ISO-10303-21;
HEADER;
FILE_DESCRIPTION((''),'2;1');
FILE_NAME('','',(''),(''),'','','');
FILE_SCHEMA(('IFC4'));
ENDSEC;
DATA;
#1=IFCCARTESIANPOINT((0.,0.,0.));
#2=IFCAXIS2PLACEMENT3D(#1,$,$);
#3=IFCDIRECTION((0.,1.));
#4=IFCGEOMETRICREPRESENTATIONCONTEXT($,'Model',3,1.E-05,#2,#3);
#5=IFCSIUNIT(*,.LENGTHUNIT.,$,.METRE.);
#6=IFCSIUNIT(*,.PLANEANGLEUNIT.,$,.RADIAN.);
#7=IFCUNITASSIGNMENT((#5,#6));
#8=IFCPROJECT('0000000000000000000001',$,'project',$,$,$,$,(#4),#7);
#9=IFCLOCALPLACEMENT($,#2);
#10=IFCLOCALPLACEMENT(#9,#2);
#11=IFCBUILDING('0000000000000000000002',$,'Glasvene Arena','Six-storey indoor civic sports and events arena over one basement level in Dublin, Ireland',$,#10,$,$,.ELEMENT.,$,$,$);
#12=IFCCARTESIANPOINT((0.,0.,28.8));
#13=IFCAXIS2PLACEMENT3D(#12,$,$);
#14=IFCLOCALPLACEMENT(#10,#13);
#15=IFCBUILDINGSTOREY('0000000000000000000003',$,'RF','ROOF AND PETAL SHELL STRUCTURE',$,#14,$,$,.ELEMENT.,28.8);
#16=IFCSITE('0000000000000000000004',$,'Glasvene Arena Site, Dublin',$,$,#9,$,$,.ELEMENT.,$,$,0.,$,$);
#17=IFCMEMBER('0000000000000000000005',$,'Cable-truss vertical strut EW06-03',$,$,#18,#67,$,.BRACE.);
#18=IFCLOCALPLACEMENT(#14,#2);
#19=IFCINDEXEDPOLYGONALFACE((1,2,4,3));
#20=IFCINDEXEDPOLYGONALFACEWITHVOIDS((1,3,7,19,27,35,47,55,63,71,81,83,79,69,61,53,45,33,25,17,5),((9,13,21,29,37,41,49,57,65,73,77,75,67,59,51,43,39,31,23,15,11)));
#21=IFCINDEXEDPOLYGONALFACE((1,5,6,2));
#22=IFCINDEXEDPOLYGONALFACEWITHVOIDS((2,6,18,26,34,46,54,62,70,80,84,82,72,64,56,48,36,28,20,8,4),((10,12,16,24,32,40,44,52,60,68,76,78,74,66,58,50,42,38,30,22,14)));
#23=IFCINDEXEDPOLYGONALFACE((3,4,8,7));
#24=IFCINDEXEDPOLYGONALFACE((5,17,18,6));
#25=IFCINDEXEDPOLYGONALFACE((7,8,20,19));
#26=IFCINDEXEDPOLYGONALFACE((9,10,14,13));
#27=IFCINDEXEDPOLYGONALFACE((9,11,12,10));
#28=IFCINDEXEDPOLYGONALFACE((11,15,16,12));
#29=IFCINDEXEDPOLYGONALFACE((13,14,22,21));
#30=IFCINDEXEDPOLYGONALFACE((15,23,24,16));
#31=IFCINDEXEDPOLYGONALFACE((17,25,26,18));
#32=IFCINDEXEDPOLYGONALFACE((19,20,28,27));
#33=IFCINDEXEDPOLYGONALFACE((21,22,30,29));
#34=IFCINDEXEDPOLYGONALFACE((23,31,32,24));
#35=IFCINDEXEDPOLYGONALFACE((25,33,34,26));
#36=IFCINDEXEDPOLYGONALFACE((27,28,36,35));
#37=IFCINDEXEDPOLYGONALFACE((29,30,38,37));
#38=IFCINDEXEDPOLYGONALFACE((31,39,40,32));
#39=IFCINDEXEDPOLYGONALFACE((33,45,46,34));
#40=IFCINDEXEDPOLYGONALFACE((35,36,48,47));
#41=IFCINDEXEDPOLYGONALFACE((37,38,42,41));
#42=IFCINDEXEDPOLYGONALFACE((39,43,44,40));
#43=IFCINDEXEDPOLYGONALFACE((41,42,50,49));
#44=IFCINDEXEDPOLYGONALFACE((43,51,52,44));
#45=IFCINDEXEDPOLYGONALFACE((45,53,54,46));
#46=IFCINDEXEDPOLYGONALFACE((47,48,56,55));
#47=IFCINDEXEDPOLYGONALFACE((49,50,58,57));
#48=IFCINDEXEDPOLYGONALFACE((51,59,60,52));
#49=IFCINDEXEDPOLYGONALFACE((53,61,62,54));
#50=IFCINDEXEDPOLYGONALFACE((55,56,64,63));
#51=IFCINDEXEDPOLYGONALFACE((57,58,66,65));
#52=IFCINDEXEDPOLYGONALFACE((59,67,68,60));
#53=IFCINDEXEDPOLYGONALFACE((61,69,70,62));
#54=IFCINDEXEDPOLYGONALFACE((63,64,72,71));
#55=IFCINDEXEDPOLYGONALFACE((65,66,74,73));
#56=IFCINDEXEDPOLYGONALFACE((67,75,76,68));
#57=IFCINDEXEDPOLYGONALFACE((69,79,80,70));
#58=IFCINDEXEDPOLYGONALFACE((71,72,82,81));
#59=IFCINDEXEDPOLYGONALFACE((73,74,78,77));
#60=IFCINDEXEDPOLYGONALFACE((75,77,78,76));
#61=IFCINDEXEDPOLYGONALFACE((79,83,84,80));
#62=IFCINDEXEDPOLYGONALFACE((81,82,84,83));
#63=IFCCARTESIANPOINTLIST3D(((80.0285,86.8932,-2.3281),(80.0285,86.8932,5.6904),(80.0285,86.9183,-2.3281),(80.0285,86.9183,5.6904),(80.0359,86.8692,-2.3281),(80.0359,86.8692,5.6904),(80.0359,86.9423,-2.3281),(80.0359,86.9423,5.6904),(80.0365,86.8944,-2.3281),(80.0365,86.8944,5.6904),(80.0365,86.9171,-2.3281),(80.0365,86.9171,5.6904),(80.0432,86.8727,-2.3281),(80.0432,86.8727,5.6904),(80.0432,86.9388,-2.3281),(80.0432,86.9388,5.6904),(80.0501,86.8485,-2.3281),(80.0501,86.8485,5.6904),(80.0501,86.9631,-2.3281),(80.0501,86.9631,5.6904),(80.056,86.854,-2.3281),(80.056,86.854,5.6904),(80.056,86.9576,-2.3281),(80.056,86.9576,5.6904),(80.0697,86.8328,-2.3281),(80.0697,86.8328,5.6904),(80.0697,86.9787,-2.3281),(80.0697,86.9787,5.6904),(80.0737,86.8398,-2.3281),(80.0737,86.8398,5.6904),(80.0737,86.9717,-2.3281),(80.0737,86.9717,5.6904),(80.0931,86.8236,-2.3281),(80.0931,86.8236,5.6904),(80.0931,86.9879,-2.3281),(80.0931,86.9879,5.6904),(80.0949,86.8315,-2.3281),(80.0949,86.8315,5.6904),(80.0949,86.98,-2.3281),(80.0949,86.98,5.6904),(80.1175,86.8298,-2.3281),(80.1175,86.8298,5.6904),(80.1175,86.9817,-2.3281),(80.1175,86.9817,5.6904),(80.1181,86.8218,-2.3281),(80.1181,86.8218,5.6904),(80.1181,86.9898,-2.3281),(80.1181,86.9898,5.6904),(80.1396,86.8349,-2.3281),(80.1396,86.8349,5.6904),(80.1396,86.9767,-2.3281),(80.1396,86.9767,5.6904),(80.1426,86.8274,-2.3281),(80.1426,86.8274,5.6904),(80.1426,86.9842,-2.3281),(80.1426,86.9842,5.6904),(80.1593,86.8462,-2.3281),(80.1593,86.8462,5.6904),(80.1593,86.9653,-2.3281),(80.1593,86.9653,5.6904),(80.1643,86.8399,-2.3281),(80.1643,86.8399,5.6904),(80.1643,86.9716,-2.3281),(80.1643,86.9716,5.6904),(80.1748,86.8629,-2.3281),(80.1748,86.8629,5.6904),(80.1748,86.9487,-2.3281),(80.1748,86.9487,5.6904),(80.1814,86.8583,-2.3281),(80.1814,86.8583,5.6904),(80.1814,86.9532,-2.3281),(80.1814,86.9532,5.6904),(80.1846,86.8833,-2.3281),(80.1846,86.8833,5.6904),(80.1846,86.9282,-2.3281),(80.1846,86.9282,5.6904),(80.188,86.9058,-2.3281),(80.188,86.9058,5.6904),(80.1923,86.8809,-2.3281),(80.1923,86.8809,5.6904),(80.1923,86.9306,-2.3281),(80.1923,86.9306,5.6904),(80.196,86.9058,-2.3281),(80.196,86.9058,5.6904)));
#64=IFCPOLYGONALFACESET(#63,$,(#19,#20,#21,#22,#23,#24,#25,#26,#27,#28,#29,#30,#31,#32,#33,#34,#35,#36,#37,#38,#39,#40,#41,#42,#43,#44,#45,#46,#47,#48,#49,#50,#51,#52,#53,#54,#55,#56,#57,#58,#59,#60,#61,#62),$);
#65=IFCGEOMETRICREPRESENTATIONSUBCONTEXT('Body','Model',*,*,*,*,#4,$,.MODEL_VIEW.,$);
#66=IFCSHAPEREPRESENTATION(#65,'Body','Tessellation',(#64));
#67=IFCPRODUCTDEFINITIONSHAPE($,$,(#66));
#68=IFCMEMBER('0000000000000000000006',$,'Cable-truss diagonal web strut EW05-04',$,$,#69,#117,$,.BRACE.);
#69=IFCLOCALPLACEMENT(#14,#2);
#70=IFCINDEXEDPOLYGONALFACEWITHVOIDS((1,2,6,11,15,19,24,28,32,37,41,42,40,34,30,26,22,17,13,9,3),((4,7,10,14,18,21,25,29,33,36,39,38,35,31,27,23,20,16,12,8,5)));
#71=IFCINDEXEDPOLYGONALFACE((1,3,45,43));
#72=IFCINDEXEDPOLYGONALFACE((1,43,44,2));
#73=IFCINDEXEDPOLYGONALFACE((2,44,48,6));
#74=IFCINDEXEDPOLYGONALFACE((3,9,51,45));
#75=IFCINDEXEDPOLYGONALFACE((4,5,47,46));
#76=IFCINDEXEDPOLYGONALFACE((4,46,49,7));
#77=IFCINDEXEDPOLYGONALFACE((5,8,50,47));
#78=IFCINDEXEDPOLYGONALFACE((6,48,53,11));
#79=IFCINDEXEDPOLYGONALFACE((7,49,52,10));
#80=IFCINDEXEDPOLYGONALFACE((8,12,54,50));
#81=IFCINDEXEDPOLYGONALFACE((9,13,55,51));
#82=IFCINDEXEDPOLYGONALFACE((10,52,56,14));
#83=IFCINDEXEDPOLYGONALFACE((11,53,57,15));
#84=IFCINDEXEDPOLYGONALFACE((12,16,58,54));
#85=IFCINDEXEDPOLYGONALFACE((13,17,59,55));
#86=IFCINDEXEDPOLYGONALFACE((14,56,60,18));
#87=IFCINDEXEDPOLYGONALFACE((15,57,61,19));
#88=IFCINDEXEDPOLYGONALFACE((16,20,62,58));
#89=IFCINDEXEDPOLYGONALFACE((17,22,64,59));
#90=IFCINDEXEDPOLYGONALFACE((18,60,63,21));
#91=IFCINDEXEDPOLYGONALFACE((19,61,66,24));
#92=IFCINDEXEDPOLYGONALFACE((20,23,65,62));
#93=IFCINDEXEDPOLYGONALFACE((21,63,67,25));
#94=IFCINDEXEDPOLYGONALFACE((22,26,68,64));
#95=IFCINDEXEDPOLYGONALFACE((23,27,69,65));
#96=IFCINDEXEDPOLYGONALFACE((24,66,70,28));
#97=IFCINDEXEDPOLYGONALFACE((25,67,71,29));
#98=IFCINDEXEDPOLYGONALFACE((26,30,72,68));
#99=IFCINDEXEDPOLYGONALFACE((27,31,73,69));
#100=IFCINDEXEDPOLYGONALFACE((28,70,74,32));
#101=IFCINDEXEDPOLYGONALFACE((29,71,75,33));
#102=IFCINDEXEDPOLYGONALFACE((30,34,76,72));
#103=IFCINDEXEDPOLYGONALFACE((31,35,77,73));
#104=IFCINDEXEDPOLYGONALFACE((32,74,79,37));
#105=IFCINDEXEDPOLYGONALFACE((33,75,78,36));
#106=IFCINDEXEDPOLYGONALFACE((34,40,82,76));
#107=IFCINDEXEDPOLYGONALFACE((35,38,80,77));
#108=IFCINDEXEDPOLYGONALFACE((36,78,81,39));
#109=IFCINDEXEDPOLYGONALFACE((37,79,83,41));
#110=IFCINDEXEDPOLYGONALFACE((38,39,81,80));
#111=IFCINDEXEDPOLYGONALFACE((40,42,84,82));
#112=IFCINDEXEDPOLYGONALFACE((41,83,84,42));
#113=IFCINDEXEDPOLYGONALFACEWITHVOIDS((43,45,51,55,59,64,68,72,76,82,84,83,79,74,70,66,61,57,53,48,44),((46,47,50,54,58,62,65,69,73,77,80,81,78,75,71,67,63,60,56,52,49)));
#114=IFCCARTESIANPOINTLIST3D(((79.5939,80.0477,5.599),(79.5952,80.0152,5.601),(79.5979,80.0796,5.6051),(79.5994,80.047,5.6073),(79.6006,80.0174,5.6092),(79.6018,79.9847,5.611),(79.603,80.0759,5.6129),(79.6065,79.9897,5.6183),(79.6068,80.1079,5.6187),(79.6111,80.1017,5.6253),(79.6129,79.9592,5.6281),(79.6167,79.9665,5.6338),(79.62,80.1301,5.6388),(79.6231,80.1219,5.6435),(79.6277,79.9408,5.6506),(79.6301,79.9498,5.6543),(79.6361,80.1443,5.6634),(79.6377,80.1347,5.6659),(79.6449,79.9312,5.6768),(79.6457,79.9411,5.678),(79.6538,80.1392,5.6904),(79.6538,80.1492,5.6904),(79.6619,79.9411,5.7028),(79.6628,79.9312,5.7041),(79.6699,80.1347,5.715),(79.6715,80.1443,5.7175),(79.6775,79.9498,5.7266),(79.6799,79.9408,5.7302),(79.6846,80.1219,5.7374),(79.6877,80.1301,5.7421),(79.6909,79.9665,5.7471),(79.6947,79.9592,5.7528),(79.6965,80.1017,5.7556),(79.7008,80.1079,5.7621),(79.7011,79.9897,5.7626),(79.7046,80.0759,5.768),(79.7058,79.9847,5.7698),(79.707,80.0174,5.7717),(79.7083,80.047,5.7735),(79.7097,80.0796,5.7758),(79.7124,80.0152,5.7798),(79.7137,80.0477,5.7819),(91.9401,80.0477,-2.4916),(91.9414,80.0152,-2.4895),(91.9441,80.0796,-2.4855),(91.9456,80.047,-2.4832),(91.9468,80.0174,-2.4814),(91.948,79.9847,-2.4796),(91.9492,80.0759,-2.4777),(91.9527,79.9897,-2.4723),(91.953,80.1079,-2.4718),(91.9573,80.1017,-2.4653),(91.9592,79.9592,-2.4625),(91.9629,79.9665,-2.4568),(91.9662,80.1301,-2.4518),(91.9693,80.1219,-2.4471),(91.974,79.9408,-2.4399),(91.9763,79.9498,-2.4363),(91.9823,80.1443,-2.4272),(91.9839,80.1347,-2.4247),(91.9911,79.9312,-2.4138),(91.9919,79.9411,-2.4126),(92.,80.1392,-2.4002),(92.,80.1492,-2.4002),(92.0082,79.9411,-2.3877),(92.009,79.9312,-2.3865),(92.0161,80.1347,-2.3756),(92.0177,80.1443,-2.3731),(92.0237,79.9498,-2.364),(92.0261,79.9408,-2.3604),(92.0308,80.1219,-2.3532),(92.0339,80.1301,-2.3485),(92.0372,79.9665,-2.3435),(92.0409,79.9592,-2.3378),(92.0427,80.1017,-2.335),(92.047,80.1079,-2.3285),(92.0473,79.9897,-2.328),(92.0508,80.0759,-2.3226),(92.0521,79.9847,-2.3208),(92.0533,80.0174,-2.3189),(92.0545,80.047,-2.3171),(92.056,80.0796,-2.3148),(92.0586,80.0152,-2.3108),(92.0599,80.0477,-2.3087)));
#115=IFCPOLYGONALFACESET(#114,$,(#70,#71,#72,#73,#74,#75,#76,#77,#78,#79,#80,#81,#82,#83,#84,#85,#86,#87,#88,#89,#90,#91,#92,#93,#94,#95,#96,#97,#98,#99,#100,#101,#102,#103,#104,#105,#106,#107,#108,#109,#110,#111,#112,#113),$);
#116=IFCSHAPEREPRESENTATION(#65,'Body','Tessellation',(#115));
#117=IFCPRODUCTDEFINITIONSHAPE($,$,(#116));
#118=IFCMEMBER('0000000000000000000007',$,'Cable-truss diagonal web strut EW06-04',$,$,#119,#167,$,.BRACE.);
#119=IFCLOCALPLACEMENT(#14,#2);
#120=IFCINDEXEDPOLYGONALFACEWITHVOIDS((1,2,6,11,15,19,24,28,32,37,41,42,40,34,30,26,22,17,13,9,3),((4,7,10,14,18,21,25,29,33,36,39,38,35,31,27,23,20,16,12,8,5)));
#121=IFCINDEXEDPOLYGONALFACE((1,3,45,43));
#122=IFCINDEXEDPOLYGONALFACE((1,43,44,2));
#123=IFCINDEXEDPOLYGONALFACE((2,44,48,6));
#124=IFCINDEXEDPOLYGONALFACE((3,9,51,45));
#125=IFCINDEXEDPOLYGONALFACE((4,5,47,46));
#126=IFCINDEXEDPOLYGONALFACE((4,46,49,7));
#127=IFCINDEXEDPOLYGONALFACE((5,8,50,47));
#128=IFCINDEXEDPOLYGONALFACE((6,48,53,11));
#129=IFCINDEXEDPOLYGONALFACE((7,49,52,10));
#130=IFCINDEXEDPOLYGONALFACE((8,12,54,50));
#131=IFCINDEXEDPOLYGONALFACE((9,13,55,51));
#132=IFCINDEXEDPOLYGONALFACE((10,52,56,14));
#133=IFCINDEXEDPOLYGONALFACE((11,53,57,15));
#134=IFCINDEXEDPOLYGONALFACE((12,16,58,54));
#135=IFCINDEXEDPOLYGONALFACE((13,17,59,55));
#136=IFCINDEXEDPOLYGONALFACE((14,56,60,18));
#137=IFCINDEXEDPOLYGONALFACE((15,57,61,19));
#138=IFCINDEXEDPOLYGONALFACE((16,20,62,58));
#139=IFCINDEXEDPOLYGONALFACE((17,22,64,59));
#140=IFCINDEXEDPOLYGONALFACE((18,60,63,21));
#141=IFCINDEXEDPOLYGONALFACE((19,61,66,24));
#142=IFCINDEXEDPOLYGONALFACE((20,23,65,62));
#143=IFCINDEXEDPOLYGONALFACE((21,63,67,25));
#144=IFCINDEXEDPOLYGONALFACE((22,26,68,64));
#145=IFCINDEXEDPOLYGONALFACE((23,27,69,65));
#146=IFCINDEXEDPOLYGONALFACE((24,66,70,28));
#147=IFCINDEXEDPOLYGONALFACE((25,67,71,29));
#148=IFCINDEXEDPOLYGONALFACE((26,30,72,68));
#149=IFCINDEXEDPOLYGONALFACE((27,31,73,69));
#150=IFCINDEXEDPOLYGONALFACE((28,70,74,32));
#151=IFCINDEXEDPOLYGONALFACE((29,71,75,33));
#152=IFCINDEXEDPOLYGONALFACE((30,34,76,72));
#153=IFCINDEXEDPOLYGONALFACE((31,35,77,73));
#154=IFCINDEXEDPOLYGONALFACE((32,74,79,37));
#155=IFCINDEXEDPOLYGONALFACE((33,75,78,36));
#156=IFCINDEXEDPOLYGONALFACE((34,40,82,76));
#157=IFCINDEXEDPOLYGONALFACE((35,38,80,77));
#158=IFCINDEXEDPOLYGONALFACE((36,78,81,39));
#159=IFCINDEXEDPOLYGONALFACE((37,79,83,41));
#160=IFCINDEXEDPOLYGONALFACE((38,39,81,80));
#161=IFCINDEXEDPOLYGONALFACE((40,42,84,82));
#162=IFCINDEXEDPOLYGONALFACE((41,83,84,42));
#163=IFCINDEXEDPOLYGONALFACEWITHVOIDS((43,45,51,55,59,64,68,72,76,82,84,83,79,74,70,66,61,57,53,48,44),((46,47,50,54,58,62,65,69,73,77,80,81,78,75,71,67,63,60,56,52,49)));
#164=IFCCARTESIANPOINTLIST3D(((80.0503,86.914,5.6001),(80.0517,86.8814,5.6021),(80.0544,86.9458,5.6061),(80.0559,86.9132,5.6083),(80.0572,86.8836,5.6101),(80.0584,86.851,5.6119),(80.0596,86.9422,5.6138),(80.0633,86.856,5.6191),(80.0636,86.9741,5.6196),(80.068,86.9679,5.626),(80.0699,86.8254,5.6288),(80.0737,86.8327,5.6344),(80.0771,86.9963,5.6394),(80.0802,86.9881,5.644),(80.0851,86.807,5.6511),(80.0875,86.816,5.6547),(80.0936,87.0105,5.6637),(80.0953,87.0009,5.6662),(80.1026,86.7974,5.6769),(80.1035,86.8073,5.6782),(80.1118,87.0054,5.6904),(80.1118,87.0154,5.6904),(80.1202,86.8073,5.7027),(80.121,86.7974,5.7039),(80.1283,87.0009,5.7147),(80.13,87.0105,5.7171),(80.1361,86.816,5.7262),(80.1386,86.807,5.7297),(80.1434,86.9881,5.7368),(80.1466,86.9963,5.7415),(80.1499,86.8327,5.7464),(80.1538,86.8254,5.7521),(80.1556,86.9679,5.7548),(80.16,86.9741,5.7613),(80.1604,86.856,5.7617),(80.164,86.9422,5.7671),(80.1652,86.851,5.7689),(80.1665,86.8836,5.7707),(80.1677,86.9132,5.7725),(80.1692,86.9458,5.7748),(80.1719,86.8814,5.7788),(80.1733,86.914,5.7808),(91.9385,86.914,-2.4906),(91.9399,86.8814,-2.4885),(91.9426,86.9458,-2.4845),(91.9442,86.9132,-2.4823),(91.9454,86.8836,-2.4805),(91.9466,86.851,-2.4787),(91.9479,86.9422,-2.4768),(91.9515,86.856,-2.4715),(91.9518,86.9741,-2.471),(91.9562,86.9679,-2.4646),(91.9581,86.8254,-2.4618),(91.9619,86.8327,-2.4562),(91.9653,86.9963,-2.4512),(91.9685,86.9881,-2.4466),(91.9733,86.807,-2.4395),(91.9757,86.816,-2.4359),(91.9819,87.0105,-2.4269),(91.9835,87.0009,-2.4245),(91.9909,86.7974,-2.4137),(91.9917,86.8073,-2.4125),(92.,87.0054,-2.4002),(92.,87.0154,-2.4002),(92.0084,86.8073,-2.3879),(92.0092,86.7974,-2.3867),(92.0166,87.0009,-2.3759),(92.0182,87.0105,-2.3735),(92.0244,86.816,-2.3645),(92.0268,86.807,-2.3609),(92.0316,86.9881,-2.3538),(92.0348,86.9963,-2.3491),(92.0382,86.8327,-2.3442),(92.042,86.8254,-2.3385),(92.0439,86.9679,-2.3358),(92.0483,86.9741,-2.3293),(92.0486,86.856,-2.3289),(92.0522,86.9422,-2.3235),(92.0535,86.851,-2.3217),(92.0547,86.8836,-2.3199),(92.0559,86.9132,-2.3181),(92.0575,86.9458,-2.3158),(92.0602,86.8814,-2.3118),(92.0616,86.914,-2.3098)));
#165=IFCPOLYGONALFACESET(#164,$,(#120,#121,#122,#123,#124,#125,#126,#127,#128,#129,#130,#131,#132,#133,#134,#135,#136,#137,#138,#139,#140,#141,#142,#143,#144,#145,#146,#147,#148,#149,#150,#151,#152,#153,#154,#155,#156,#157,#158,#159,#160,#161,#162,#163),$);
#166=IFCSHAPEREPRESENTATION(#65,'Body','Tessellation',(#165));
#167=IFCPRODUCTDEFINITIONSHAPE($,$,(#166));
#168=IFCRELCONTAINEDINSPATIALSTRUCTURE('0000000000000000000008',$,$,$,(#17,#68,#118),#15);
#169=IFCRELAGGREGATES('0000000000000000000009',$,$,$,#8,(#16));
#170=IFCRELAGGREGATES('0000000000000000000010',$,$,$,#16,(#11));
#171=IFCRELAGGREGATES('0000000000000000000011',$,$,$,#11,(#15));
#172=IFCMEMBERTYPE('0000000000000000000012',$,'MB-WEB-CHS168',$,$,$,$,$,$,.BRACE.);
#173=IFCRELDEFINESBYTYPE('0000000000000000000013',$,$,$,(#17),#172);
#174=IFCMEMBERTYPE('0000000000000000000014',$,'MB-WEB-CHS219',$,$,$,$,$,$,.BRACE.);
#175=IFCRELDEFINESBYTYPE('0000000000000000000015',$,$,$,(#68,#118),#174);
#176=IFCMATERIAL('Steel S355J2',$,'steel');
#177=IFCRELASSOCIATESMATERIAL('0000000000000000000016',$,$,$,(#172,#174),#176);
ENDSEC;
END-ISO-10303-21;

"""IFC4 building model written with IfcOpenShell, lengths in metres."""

from ifc_helpers import new_model, si_unit, direction, frame, origin, origin_2d, place, context, subcontext, project, spatial, hollow_circle, extrude, material, material_profile, profile_set, type_object, element, save


model = new_model("IFC4")

# Units and contexts
model_context = context("Model", 3, precision=1e-05, world=origin(), true_north=direction((0.0, 1.0)))
body_context = subcontext(model_context, "Body", "Model", "MODEL_VIEW")
ifc_project = project(units=[si_unit("LENGTHUNIT", "METRE"), si_unit("PLANEANGLEUNIT", "RADIAN")], contexts=[model_context])

# Site, building, storey
site_placement = place(None, origin())
site = spatial("IfcSite", under=ifc_project, at=site_placement, Name="Glasvene Arena Site, Dublin", CompositionType="ELEMENT", RefElevation=0.0)
building_placement = place(site_placement, origin())
building = spatial("IfcBuilding", under=site, at=building_placement, Name="Glasvene Arena", Description="Six-storey indoor civic sports and events arena over one basement level in Dublin, Ireland", CompositionType="ELEMENT")
storey_placement = place(building_placement, frame((0.0, 0.0, 28.8)))
storey = spatial("IfcBuildingStorey", under=building, at=storey_placement, Name="RF", Description="ROOF AND PETAL SHELL STRUCTURE", CompositionType="ELEMENT", Elevation=28.8)

# Shared definitions
ifc_material_1 = material(Name="Steel S355J2", Category="steel")

# Members
ifc_material_profile_1 = material_profile(ifc_material_1, hollow_circle(Radius=0.0842, WallThickness=0.0081, at=origin_2d()), Name="CHS 168.3x8.0")
ifc_profile_set_1 = profile_set([ifc_material_profile_1], Name="Steel S355J2")
member_type_1 = type_object("IfcMemberType", Name="MB-WEB-CHS168", PredefinedType="BRACE", material=ifc_profile_set_1)
for number, where, z_axis, x_axis, name in (
    (1, (80.1118, 86.9058, -2.3281), (0.0, 0.0, 1.0), (1.0, 0.0, 0.0), "Cable-truss vertical strut EW06-03"),
):
    element("IfcMember", number, at=place(storey_placement, frame(where, z_axis=z_axis, x_axis=x_axis)), inside=storey, type_object=member_type_1, Name=name, PredefinedType="BRACE", context=body_context, shape_type="SweptSolid", body=[
        extrude(hollow_circle(Radius=0.0842, WallThickness=0.0081, at=origin_2d()), origin(), (0.0, 0.0, 1.0), 8.0186),
    ])
ifc_material_profile_2 = material_profile(ifc_material_1, hollow_circle(Radius=0.1096, WallThickness=0.01, at=origin_2d()), Name="CHS 219.1x10.0")
ifc_profile_set_2 = profile_set([ifc_material_profile_2], Name="Steel S355J2")
member_type_2 = type_object("IfcMemberType", Name="MB-WEB-CHS219", PredefinedType="BRACE", material=ifc_profile_set_2)
member_1_placement = place(storey_placement, frame((79.6538, 80.0396, 5.6904), z_axis=(0.836409, 0.0, -0.548106), x_axis=(0.0, 1.0, 0.0)))
element("IfcMember", 2, at=member_1_placement, inside=storey, type_object=member_type_2, Name="Cable-truss diagonal web strut EW05-04", PredefinedType="BRACE", context=body_context, shape_type="SweptSolid", body=[
    extrude(hollow_circle(Radius=0.1096, WallThickness=0.01, at=origin_2d()), origin(), (0.0, 0.0, 1.0), 14.761),
])
member_2_placement = place(storey_placement, frame((80.1118, 86.9058, 5.6904), z_axis=(0.826713, 0.0, -0.562624), x_axis=(0.0, 1.0, 0.0)))
element("IfcMember", 3, at=member_2_placement, inside=storey, type_object=member_type_2, Name="Cable-truss diagonal web strut EW06-04", PredefinedType="BRACE", context=body_context, shape_type="SweptSolid", body=[
    extrude(hollow_circle(Radius=0.1096, WallThickness=0.01, at=origin_2d()), origin(), (0.0, 0.0, 1.0), 14.3801),
])

save(model, "model.ifc")
